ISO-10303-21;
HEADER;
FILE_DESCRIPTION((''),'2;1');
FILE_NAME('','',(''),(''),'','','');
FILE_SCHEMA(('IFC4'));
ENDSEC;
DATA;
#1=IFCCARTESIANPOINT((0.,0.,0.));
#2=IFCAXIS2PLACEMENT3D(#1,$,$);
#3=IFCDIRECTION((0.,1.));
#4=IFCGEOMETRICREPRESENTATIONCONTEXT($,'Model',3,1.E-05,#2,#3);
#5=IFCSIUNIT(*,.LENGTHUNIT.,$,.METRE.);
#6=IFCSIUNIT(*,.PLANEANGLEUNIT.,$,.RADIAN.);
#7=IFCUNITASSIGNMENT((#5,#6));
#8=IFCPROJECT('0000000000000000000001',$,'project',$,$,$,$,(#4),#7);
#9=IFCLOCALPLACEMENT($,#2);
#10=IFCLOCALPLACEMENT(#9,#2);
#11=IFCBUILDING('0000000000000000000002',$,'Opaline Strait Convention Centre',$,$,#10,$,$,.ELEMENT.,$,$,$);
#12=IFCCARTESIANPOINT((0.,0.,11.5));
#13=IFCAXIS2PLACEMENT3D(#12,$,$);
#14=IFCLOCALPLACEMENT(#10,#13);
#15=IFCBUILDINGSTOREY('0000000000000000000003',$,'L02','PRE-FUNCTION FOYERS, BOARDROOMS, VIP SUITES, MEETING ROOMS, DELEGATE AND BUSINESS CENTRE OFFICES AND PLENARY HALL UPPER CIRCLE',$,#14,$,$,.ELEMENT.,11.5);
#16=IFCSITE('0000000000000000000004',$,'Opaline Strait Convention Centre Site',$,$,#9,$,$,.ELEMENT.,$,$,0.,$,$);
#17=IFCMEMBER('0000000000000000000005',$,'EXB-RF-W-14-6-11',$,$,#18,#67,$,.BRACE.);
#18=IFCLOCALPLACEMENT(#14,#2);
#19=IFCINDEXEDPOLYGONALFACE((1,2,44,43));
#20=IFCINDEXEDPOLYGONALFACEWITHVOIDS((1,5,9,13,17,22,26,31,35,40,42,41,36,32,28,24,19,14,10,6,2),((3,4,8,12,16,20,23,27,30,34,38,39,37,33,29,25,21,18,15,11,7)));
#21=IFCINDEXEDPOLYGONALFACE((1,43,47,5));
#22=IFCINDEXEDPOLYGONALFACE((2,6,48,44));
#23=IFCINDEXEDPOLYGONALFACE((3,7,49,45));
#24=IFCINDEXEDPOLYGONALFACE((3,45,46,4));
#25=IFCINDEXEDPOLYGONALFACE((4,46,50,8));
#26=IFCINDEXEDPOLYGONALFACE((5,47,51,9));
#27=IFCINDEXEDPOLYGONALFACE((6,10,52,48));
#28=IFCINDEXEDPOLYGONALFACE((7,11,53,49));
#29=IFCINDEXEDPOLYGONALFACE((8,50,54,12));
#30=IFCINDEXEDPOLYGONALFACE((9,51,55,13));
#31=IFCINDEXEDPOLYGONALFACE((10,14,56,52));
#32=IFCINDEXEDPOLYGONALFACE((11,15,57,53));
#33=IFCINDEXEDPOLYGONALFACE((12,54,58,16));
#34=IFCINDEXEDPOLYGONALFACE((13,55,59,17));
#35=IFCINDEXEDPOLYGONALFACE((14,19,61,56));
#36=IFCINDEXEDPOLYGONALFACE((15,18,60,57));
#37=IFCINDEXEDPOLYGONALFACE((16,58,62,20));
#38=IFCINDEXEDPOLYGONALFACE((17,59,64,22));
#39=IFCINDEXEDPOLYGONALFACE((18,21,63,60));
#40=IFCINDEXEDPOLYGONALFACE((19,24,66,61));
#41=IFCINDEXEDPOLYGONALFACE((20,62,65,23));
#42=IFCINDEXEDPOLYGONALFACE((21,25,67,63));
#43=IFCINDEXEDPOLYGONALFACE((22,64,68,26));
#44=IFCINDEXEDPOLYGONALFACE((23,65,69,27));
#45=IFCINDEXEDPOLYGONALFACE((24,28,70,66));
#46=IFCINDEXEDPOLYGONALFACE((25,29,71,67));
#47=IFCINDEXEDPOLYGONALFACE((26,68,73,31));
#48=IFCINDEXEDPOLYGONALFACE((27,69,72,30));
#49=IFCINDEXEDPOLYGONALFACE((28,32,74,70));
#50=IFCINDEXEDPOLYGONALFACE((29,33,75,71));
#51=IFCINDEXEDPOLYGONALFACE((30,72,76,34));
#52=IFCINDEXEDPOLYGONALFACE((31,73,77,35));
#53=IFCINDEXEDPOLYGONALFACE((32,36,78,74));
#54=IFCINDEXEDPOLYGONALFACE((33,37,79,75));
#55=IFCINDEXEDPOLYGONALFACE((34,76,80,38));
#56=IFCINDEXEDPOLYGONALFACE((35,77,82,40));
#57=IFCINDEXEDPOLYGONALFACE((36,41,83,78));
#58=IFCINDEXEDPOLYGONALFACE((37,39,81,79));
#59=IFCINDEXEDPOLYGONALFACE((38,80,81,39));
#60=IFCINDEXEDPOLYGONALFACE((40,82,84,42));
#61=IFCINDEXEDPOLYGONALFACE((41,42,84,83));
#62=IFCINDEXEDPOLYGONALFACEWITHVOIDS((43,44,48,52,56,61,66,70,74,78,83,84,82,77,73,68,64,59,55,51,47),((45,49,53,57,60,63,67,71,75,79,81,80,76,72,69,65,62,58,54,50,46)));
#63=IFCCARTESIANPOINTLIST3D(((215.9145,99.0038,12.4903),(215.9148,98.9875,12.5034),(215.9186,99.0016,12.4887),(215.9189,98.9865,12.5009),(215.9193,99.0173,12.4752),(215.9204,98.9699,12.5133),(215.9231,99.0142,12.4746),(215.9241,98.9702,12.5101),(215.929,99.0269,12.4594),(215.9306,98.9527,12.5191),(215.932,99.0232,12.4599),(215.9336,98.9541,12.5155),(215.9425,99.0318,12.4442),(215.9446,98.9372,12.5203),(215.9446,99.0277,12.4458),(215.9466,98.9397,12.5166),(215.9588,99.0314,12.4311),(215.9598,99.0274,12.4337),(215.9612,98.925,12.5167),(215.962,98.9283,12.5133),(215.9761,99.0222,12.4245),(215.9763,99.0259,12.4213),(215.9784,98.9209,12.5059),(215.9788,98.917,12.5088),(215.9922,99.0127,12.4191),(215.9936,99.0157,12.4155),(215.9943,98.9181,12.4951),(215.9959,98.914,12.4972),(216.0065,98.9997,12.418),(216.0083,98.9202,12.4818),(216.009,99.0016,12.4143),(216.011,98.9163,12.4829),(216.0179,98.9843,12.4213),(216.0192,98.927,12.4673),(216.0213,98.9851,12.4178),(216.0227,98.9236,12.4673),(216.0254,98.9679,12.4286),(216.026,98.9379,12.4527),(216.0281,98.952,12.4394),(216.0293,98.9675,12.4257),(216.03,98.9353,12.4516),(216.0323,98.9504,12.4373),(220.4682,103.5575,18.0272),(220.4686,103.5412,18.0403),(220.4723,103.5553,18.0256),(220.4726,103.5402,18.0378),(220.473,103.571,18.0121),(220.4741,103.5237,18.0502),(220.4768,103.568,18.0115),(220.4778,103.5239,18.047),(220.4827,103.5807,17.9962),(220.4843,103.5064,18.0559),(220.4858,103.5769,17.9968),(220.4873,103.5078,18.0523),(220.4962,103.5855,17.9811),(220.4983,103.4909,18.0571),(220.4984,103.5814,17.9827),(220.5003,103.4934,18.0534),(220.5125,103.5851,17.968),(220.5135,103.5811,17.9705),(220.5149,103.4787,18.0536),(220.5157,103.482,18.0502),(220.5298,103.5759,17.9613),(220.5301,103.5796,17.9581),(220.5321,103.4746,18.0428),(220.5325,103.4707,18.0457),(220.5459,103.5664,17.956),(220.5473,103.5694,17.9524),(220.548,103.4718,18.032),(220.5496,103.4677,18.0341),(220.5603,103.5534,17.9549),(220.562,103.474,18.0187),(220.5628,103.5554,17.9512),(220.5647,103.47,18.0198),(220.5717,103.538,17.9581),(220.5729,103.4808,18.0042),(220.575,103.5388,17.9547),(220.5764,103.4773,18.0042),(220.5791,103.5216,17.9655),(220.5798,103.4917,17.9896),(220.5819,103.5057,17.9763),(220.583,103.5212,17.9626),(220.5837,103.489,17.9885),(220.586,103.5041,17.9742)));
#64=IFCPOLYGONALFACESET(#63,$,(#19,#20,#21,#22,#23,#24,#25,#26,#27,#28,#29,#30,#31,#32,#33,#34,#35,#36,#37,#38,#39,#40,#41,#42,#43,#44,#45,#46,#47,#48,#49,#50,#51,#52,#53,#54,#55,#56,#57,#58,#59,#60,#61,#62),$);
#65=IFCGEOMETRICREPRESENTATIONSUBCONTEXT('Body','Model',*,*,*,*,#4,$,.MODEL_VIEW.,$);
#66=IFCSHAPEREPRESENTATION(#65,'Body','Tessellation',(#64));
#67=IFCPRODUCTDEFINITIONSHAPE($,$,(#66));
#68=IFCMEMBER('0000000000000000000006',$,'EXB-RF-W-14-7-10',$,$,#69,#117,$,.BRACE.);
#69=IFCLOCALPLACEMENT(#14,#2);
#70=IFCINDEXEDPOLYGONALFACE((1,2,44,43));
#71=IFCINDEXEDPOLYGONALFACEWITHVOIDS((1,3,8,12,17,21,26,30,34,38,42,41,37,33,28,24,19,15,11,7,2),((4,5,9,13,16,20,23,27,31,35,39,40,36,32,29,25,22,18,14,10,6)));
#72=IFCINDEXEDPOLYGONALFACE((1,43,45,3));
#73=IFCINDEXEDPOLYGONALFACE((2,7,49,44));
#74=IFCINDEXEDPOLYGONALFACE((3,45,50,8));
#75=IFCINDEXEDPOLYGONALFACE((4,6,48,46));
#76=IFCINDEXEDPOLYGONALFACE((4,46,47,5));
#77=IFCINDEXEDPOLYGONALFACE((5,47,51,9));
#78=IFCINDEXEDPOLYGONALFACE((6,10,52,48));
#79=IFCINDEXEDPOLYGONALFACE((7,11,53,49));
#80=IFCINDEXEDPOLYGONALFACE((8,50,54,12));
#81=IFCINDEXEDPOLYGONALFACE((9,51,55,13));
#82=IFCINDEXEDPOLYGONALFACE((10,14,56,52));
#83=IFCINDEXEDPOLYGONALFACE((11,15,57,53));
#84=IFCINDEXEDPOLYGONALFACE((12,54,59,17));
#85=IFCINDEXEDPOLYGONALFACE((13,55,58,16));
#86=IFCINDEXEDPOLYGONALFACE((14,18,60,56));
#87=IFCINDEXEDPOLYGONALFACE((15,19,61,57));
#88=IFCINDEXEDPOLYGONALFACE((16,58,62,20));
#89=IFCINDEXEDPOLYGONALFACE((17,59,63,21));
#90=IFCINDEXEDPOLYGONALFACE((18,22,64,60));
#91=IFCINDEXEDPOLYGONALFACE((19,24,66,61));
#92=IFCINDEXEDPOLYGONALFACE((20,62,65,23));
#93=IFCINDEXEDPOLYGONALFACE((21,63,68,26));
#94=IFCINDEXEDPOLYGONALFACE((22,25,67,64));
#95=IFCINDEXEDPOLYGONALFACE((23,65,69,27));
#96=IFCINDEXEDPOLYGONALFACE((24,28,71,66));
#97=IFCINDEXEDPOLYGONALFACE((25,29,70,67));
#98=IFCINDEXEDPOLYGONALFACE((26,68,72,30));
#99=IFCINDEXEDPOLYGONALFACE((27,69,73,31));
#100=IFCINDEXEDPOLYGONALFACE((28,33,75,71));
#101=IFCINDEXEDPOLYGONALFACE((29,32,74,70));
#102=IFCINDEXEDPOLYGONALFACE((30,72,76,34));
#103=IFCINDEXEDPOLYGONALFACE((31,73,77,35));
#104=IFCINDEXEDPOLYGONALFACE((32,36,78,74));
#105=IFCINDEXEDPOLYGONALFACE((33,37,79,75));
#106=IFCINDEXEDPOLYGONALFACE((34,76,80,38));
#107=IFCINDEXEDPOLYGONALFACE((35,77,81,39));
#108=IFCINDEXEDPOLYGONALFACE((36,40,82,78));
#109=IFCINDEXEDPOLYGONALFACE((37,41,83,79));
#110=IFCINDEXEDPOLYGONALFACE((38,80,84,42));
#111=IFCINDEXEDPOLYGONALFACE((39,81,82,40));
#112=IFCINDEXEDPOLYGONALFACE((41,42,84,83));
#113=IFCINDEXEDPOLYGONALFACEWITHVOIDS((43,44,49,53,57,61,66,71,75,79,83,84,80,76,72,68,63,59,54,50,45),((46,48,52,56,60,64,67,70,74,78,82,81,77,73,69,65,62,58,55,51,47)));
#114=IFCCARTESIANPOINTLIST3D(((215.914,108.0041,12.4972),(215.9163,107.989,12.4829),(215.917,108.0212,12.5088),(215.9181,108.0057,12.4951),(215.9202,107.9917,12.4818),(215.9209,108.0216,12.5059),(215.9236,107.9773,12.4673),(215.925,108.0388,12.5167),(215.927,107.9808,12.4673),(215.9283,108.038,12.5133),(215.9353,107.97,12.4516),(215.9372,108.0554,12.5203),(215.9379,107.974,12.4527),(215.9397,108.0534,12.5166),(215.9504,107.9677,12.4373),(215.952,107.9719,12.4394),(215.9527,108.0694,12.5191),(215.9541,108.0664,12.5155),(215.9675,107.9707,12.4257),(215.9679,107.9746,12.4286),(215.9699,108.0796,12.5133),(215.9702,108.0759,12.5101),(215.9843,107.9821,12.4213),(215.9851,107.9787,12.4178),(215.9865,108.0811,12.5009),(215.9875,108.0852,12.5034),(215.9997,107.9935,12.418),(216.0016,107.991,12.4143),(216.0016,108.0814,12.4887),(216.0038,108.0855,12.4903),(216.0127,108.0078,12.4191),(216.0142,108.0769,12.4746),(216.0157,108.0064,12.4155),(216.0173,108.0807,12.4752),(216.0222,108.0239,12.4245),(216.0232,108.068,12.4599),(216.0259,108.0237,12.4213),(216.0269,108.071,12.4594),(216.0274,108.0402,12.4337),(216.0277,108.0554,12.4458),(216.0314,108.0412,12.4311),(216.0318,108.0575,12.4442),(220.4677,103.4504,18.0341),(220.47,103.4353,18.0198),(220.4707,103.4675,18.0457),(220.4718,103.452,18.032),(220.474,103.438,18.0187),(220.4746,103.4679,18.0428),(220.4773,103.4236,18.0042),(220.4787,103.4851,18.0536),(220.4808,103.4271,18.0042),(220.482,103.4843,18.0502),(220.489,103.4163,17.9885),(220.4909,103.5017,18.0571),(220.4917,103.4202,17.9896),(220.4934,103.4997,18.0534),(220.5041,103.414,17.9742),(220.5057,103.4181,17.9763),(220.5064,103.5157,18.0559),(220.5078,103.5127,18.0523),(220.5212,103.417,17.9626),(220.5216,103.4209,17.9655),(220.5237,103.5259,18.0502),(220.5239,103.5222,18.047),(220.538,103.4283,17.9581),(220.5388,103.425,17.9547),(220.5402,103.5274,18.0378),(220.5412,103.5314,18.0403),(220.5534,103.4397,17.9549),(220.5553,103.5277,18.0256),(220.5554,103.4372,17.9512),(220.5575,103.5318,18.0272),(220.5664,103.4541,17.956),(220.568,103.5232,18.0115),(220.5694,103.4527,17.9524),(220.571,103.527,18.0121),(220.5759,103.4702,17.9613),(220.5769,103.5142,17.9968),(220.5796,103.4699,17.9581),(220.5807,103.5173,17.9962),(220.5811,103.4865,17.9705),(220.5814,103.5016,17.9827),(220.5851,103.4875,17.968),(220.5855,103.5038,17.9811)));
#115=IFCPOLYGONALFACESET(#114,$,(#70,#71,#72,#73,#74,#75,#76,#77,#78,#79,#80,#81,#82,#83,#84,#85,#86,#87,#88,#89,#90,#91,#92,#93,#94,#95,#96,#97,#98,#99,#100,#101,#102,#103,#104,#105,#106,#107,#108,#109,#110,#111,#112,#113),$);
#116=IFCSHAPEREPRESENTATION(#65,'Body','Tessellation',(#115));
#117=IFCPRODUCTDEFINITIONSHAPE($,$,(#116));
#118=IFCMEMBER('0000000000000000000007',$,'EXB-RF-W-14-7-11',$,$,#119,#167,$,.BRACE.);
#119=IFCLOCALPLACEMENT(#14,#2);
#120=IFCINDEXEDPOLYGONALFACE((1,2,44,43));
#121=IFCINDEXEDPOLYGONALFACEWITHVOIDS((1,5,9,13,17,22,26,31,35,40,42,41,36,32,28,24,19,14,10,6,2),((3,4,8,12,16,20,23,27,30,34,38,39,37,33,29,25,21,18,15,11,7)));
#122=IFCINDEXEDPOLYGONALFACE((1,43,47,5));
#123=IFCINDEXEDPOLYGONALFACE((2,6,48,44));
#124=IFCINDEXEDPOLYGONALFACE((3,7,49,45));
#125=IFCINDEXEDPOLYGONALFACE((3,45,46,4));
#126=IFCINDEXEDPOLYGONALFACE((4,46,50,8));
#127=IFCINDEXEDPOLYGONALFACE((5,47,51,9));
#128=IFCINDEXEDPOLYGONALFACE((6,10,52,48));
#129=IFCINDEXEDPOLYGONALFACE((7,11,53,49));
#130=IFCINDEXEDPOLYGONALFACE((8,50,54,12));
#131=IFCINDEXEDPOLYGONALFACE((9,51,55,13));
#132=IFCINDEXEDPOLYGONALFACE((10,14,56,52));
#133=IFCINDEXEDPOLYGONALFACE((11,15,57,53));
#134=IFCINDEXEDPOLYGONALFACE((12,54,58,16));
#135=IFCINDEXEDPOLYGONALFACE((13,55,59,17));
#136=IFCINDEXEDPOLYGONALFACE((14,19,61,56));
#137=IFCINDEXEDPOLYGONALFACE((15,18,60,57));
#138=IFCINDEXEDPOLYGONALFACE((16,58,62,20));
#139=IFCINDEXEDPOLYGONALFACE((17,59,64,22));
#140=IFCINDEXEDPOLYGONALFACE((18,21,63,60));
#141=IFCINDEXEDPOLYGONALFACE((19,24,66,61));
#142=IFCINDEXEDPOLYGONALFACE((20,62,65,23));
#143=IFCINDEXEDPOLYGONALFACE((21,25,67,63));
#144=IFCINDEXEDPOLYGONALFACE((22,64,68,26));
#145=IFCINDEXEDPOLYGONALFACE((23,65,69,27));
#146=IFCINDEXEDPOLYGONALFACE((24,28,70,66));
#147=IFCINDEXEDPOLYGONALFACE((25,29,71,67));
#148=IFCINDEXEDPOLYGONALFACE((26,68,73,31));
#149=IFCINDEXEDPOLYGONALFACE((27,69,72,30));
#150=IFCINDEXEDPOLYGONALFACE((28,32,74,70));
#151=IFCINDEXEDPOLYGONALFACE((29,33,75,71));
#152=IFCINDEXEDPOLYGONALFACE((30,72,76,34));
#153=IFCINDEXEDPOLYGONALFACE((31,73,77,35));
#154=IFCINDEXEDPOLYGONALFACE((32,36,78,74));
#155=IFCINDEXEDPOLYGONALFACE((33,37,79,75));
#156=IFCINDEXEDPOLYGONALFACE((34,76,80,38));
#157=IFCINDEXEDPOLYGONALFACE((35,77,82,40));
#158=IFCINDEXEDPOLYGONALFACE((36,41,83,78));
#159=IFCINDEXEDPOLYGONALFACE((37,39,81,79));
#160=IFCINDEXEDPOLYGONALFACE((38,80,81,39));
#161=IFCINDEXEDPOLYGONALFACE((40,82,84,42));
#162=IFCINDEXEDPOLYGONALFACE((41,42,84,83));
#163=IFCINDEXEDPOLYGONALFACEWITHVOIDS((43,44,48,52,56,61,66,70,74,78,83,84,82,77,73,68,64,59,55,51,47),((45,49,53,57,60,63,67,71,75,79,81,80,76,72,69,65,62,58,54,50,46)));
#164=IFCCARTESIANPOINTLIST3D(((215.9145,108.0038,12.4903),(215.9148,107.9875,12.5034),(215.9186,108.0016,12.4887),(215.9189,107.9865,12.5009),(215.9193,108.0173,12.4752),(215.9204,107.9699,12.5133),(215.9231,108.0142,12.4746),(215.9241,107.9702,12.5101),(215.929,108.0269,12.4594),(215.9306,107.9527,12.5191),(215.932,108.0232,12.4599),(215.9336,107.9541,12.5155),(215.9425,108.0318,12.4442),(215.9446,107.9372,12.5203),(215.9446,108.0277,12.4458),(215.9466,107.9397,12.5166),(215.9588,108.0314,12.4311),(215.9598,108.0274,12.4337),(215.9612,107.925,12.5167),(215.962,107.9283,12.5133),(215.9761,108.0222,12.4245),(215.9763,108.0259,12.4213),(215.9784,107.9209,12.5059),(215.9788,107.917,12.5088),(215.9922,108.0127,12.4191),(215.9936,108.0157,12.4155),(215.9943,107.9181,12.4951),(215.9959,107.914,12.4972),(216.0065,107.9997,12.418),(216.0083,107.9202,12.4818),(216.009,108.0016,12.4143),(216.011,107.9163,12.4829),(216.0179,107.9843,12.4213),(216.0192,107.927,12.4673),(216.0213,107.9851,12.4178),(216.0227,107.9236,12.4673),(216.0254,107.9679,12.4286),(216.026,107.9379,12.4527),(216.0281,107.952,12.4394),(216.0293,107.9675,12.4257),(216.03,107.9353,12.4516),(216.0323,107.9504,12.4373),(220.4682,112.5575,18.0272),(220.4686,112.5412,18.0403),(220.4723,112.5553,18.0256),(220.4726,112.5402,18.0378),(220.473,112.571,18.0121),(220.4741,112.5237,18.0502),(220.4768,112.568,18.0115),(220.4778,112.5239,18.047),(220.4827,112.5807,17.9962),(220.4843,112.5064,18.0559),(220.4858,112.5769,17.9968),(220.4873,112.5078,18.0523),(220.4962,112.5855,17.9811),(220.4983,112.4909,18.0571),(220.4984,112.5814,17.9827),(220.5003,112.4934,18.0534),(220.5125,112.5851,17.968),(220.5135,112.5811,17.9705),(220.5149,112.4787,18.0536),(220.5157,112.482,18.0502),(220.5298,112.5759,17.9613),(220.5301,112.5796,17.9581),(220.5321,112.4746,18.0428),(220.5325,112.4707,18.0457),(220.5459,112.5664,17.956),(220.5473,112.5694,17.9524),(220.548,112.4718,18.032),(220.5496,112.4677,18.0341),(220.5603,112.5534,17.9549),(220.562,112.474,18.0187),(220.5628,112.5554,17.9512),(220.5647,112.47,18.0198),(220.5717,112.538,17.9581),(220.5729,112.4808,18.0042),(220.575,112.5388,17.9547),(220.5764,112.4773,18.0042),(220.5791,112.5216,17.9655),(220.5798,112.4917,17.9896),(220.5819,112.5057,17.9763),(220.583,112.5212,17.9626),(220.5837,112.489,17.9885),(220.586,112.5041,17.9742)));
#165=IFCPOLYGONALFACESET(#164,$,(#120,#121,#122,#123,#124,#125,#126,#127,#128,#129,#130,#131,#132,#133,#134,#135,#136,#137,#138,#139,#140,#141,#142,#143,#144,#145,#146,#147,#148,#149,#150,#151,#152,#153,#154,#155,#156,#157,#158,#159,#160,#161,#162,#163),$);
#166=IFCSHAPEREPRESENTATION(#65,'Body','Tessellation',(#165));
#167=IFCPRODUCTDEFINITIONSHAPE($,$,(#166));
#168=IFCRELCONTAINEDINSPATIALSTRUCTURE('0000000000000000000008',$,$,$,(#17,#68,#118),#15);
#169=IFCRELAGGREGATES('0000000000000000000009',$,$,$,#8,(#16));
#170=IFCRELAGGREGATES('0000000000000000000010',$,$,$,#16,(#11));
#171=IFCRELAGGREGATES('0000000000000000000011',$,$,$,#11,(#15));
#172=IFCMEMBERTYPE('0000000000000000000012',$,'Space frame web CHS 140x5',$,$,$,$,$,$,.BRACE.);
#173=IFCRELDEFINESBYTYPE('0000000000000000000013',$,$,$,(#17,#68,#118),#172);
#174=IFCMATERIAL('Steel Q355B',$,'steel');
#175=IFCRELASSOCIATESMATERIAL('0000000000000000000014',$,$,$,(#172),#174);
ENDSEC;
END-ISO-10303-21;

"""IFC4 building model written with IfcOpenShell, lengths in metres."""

from ifc_helpers import new_model, si_unit, direction, frame, origin, origin_2d, place, context, subcontext, project, spatial, hollow_circle, extrude, material, material_profile, profile_set, type_object, element, save


model = new_model("IFC4")

# Units and contexts
model_context = context("Model", 3, precision=1e-05, world=origin(), true_north=direction((0.0, 1.0)))
body_context = subcontext(model_context, "Body", "Model", "MODEL_VIEW")
ifc_project = project(units=[si_unit("LENGTHUNIT", "METRE"), si_unit("PLANEANGLEUNIT", "RADIAN")], contexts=[model_context])

# Site, building, storey
site_placement = place(None, origin())
site = spatial("IfcSite", under=ifc_project, at=site_placement, Name="Opaline Strait Convention Centre Site", CompositionType="ELEMENT", RefElevation=0.0)
building_placement = place(site_placement, origin())
building = spatial("IfcBuilding", under=site, at=building_placement, Name="Opaline Strait Convention Centre", CompositionType="ELEMENT")
storey_placement = place(building_placement, frame((0.0, 0.0, 11.5)))
storey = spatial("IfcBuildingStorey", under=building, at=storey_placement, Name="L02", Description="PRE-FUNCTION FOYERS, BOARDROOMS, VIP SUITES, MEETING ROOMS, DELEGATE AND BUSINESS CENTRE OFFICES AND PLENARY HALL UPPER CIRCLE", CompositionType="ELEMENT", Elevation=11.5)

# Members
ifc_material = material(Name="Steel Q355B", Category="steel")
ifc_material_profile_1 = material_profile(ifc_material, hollow_circle(Radius=0.0701, WallThickness=0.0049, at=origin_2d()), Name="CHS 140x5")
ifc_profile_set_1 = profile_set([ifc_material_profile_1], Name="Steel Q355B")
member_type_1 = type_object("IfcMemberType", Name="Space frame web CHS 140x5", PredefinedType="BRACE", material=ifc_profile_set_1)
for number, where, z_axis, x_axis, name in (
    (1, (220.5269, 103.5269, 18.0042), (-0.536178, -0.536178, -0.65194), (0.707107, -0.707107, 0.0), "EXB-RF-W-14-6-11"),
    (2, (220.5269, 103.4731, 18.0042), (-0.536178, 0.536178, -0.65194), (-0.707107, -0.707107, 0.0), "EXB-RF-W-14-7-10"),
    (3, (220.5269, 112.5269, 18.0042), (-0.536178, -0.536178, -0.65194), (0.707107, -0.707107, 0.0), "EXB-RF-W-14-7-11"),
):
    element("IfcMember", number, at=place(storey_placement, frame(where, z_axis=z_axis, x_axis=x_axis)), inside=storey, type_object=member_type_1, Name=name, PredefinedType="BRACE", context=body_context, shape_type="SweptSolid", body=[
        extrude(hollow_circle(Radius=0.0701, WallThickness=0.0049, at=origin_2d()), origin(), (0.0, 0.0, 1.0), 8.4929),
    ])

save(model, "model.ifc")
